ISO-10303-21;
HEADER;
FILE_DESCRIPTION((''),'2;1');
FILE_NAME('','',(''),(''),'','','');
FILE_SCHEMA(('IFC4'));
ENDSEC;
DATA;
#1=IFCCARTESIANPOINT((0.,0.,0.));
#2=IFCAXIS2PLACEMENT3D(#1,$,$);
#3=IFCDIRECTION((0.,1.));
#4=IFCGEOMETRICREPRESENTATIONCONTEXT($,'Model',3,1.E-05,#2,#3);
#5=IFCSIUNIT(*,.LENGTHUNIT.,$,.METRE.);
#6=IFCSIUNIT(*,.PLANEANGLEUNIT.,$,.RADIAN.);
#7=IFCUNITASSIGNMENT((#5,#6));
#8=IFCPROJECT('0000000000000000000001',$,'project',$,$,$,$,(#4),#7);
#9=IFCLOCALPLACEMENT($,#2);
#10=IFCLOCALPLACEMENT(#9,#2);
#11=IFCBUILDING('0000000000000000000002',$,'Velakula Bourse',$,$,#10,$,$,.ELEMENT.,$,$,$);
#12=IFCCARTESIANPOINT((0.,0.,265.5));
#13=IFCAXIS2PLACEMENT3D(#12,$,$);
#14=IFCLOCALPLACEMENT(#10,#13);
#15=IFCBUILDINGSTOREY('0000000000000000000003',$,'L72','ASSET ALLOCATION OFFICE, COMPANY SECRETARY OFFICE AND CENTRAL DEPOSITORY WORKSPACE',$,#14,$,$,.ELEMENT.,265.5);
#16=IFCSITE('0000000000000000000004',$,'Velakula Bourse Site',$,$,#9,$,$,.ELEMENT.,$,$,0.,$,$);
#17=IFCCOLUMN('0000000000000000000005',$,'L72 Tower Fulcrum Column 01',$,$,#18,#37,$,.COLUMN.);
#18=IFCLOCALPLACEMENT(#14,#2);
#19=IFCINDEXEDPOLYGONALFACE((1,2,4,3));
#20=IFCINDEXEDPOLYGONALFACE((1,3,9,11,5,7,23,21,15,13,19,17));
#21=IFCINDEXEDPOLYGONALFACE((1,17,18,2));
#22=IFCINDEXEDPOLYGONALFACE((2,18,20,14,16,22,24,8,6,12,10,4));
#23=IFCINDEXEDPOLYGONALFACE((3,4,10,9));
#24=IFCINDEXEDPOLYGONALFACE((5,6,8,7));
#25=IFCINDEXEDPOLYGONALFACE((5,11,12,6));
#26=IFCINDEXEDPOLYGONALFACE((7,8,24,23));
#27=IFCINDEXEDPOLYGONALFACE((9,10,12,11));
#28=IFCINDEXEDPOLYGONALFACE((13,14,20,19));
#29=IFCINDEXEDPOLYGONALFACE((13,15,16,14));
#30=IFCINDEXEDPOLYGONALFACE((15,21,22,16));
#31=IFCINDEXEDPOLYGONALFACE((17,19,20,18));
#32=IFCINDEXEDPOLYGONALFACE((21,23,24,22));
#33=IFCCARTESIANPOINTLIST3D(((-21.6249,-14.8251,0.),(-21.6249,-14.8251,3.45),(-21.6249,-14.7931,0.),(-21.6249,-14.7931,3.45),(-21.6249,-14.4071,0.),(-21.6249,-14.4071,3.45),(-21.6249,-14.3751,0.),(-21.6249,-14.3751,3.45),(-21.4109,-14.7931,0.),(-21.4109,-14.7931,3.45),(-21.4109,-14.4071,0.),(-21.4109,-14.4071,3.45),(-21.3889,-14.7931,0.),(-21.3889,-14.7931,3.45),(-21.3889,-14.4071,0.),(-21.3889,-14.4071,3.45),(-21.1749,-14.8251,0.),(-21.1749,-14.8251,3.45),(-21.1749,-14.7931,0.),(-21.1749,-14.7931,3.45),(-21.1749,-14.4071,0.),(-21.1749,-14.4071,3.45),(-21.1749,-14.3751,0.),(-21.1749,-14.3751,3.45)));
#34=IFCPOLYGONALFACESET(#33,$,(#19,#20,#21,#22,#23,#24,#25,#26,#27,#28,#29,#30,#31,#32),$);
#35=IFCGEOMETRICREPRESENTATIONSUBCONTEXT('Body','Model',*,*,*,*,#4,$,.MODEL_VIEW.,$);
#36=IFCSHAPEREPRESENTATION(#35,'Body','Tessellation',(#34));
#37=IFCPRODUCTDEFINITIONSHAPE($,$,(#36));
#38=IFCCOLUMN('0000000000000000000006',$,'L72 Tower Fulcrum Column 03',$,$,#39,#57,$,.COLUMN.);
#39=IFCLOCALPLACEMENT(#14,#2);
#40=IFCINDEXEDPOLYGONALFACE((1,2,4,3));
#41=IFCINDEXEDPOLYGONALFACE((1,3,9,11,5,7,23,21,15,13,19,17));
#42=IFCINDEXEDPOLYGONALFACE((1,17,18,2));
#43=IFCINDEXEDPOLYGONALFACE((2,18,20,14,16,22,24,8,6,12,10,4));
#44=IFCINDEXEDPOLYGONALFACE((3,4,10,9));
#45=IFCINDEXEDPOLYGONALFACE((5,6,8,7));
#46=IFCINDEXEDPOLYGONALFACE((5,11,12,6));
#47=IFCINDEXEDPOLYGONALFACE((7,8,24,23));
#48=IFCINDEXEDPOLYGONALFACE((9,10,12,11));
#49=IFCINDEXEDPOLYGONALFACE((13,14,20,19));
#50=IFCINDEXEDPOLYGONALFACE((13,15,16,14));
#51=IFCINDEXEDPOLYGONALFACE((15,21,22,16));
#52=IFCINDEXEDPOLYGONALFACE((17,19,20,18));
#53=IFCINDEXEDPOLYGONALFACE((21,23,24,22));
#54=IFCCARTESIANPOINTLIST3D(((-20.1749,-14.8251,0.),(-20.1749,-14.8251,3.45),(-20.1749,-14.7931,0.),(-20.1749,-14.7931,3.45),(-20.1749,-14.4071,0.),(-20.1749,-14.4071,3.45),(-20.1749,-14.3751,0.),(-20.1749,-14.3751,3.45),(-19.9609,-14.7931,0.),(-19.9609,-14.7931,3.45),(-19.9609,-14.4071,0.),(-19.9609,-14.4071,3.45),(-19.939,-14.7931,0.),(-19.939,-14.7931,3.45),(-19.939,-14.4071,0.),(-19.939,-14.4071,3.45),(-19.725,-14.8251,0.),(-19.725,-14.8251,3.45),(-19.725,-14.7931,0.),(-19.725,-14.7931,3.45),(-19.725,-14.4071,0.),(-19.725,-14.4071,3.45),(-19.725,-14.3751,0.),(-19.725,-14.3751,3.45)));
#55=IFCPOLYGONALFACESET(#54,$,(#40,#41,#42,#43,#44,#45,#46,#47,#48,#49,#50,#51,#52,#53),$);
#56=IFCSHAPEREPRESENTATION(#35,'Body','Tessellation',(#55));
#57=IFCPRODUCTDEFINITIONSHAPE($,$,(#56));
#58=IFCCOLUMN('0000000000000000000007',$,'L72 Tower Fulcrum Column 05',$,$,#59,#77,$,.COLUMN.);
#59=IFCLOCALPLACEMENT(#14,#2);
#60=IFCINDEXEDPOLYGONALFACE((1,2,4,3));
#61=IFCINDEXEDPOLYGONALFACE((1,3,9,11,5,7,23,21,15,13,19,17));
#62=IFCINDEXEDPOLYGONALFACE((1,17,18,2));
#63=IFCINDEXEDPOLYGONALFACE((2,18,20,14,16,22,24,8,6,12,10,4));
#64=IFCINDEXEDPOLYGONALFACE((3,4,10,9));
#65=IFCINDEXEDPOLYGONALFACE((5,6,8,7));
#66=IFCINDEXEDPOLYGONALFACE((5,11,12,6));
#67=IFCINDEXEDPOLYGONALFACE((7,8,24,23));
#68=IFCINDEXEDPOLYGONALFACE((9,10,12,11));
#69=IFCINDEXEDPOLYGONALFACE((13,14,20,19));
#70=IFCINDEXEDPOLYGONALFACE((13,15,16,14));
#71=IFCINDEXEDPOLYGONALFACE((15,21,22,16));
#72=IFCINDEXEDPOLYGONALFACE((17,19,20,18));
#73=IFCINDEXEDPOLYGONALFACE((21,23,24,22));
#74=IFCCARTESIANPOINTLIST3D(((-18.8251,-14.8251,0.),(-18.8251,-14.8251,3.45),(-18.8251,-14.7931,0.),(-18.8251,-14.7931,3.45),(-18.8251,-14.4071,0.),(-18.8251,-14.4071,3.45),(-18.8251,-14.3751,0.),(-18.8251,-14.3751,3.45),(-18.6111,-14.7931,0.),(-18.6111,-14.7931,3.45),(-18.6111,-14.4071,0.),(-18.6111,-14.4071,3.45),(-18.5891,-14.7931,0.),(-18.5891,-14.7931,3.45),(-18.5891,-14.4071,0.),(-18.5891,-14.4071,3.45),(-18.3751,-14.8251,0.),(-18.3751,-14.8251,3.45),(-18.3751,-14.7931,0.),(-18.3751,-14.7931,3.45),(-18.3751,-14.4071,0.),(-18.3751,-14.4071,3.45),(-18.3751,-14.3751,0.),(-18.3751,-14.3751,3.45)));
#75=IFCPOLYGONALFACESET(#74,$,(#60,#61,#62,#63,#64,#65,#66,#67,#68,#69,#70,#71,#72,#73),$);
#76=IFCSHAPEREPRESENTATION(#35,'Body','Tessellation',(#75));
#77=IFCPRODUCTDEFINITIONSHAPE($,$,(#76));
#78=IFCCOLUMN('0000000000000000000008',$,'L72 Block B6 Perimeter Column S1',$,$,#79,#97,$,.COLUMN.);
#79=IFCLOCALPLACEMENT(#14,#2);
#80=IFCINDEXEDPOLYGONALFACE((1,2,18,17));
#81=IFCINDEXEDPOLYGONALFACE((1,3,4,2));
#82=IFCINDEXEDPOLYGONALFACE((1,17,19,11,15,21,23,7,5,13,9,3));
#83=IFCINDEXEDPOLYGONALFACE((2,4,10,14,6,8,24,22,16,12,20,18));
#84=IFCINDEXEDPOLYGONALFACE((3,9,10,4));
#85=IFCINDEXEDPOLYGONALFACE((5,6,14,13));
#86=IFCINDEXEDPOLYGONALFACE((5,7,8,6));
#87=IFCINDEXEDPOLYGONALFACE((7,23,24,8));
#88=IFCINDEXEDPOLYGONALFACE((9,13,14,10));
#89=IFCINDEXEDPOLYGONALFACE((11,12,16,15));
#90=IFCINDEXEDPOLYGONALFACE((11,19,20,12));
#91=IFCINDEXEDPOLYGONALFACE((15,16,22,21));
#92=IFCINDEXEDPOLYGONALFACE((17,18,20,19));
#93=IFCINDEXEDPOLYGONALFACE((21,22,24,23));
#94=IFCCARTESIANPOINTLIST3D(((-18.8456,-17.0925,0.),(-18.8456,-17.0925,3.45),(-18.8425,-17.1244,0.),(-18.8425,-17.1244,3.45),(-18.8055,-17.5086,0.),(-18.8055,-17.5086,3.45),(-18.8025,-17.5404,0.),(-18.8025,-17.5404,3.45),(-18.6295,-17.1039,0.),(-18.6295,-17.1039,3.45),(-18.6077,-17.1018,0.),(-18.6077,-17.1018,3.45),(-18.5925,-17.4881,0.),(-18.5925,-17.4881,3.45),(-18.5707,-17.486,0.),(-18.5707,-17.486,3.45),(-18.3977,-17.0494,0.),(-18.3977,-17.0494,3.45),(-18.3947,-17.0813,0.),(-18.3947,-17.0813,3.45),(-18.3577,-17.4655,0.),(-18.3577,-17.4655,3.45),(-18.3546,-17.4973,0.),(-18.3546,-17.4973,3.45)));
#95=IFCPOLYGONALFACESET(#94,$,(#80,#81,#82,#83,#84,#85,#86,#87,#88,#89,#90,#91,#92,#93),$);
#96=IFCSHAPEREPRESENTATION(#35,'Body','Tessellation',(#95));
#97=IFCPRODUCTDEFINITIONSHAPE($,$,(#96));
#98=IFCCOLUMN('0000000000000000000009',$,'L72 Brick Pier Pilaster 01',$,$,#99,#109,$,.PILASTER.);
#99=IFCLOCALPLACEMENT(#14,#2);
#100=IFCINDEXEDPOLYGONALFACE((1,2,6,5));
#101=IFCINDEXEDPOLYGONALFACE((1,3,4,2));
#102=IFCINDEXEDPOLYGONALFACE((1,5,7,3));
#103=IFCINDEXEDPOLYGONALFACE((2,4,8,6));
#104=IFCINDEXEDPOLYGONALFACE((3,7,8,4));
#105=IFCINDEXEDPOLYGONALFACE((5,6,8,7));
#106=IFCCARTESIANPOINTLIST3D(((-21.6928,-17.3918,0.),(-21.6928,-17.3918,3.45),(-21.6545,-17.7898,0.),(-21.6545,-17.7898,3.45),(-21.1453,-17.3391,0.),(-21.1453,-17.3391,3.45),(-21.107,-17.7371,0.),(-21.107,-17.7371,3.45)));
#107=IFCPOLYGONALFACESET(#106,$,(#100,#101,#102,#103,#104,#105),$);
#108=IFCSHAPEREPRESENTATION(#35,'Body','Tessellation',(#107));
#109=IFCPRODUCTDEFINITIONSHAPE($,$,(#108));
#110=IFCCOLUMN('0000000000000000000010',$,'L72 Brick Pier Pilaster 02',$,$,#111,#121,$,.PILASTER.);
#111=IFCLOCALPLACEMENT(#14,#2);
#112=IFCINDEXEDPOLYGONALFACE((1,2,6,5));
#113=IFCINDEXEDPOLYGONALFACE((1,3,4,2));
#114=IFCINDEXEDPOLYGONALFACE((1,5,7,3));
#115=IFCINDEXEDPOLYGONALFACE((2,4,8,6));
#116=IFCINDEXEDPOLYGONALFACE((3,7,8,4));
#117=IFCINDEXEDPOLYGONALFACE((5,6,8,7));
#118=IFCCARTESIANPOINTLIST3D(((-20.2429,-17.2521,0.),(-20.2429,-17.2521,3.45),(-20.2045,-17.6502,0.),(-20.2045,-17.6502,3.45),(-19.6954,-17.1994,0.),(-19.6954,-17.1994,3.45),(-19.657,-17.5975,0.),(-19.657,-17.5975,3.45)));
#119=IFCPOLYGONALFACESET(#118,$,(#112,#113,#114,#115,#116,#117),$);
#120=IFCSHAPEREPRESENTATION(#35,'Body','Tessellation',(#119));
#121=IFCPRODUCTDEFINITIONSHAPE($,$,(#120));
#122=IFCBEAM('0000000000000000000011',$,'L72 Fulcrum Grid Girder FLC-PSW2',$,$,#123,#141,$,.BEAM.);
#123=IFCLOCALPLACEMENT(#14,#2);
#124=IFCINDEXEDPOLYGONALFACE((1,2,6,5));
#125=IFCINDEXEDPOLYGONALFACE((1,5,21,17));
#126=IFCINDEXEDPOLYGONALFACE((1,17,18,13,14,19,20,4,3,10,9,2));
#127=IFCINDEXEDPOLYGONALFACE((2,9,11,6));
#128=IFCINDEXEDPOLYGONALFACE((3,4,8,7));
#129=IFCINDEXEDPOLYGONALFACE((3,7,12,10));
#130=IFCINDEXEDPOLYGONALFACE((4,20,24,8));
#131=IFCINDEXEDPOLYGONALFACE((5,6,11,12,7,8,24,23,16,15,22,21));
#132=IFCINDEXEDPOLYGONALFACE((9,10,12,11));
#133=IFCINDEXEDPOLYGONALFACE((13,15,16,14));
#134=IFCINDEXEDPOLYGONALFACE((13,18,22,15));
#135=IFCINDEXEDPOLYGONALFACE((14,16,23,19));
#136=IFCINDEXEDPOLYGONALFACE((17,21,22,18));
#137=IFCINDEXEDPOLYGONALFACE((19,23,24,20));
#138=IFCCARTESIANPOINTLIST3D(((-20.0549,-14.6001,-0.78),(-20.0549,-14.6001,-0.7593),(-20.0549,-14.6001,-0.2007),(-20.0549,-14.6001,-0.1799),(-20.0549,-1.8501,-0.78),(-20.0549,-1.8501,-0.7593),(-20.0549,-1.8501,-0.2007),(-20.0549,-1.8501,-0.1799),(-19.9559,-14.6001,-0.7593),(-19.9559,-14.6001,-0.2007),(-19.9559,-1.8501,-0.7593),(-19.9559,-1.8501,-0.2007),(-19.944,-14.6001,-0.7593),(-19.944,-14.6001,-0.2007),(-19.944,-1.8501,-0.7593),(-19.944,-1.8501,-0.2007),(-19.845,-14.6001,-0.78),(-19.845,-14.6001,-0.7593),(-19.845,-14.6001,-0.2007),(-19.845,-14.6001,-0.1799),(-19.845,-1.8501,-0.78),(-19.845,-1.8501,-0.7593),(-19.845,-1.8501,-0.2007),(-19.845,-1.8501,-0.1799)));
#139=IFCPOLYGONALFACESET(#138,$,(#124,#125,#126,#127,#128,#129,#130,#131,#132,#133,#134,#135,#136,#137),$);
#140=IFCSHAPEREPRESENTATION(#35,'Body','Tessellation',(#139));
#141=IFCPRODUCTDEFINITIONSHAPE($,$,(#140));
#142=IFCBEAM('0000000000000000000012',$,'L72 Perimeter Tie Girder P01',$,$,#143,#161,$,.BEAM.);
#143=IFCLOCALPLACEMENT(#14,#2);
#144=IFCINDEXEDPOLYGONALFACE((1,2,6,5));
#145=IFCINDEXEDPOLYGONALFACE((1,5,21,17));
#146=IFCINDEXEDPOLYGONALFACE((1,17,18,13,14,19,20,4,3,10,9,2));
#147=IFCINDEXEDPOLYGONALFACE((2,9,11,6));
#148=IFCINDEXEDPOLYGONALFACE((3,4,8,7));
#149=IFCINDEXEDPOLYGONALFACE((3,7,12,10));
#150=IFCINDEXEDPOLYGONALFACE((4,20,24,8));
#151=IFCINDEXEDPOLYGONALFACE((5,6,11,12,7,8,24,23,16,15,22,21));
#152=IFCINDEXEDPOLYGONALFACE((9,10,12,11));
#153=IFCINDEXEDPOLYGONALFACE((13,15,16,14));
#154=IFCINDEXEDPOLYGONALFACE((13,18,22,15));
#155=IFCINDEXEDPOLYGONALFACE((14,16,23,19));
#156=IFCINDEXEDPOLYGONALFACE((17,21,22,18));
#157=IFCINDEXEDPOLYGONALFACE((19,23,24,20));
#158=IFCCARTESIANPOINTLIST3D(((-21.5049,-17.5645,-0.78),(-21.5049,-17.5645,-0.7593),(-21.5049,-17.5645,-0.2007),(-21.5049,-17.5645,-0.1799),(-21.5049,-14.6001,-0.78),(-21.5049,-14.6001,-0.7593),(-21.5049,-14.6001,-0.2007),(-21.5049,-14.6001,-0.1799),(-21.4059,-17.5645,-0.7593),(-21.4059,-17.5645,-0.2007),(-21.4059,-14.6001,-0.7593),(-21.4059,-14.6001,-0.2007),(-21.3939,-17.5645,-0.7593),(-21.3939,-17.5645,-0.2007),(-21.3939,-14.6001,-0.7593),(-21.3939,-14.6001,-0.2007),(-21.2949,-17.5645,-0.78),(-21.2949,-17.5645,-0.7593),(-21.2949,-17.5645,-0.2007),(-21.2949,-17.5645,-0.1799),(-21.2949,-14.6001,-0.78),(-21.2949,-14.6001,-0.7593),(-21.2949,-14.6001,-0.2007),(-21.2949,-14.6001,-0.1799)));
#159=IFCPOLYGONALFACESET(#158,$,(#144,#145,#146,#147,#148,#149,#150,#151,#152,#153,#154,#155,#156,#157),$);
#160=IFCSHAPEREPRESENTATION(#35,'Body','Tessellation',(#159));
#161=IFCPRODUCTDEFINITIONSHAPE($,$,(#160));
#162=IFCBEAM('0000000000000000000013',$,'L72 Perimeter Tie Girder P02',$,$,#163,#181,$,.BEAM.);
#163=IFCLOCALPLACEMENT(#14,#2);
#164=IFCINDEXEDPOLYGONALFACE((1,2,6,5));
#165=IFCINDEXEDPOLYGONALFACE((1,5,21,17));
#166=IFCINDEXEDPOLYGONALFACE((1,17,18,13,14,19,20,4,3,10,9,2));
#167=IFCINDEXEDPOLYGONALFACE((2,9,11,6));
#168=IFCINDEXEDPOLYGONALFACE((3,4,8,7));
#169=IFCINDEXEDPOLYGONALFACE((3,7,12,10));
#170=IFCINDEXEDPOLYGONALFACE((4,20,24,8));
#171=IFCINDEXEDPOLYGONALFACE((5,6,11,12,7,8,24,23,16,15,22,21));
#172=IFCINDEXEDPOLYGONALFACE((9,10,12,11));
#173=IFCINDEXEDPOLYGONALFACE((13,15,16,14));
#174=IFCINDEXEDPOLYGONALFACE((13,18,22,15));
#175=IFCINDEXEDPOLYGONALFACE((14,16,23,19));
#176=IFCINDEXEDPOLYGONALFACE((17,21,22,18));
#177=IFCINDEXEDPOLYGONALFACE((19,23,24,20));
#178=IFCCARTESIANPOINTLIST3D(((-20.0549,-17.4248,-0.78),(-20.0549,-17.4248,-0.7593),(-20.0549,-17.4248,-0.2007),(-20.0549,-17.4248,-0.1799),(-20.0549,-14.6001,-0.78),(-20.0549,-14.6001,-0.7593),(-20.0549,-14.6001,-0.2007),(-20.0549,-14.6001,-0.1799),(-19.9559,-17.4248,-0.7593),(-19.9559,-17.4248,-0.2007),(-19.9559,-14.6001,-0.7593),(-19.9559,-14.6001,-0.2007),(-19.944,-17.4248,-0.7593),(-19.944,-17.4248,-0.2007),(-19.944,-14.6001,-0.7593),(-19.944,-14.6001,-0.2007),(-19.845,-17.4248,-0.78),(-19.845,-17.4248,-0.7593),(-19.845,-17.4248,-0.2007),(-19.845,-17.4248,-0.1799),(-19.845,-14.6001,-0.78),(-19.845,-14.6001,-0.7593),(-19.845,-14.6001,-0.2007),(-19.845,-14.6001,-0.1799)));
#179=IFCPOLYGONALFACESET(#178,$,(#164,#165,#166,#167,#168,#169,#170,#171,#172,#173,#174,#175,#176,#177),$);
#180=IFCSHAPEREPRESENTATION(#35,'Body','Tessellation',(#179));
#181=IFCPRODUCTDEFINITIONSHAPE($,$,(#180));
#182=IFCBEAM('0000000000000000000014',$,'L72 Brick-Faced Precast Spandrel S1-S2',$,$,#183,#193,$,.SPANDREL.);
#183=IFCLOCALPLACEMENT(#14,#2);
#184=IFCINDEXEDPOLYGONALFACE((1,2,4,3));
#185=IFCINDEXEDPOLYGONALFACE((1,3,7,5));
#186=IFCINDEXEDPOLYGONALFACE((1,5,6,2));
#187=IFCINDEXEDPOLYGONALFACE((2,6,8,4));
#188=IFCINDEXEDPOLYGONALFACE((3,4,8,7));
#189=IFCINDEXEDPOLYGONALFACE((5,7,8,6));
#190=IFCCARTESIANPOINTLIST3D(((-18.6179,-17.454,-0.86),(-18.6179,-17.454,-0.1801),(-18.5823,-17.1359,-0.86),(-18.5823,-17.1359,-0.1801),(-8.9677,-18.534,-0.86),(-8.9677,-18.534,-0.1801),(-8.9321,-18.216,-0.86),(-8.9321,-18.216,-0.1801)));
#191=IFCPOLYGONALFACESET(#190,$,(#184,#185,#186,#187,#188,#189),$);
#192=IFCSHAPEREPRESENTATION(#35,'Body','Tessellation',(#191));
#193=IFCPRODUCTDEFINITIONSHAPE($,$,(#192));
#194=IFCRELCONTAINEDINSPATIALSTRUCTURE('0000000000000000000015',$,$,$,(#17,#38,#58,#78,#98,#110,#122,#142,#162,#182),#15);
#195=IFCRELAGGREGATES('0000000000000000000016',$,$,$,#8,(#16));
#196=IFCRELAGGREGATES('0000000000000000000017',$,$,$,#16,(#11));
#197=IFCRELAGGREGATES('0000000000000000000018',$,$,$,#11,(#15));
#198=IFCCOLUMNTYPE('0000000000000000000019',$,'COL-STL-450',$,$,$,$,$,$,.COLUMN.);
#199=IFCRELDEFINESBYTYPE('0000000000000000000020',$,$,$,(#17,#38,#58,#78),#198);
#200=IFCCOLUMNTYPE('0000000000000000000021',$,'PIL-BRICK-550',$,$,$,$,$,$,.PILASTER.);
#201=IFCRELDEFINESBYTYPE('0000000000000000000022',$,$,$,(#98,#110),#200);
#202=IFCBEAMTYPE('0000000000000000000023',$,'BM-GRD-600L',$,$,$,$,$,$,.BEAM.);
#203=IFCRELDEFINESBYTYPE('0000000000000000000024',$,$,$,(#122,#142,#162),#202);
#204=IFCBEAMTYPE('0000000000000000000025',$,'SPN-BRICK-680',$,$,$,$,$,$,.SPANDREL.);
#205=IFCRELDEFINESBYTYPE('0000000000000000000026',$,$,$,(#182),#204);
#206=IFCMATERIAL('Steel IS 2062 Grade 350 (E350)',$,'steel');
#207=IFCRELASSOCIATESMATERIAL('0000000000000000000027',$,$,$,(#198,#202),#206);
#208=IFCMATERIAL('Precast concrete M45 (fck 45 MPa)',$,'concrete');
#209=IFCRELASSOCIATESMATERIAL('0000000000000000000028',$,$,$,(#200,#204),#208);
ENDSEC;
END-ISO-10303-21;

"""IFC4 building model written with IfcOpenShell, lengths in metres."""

from ifc_helpers import new_model, si_unit, direction, frame, origin, origin_2d, place, context, subcontext, project, spatial, rectangle, i_section, extrude, material, material_profile, profile_set, type_object, element, save


model = new_model("IFC4")

# Units and contexts
model_context = context("Model", 3, precision=1e-05, world=origin(), true_north=direction((0.0, 1.0)))
body_context = subcontext(model_context, "Body", "Model", "MODEL_VIEW")
ifc_project = project(units=[si_unit("LENGTHUNIT", "METRE"), si_unit("PLANEANGLEUNIT", "RADIAN")], contexts=[model_context])

# Site, building, storey
site_placement = place(None, origin())
site = spatial("IfcSite", under=ifc_project, at=site_placement, Name="Velakula Bourse Site", CompositionType="ELEMENT", RefElevation=0.0)
building_placement = place(site_placement, origin())
building = spatial("IfcBuilding", under=site, at=building_placement, Name="Velakula Bourse", CompositionType="ELEMENT")
storey_placement = place(building_placement, frame((0.0, 0.0, 265.5)))
storey = spatial("IfcBuildingStorey", under=building, at=storey_placement, Name="L72", Description="ASSET ALLOCATION OFFICE, COMPANY SECRETARY OFFICE AND CENTRAL DEPOSITORY WORKSPACE", CompositionType="ELEMENT", Elevation=265.5)

# Columns
ifc_material_1 = material(Name="Steel IS 2062 Grade 350 (E350)", Category="steel")
ifc_material_profile_1 = material_profile(ifc_material_1, i_section(OverallWidth=0.45, OverallDepth=0.45, WebThickness=0.022, FlangeThickness=0.032, at=origin_2d()), Name="Steel IS 2062 Grade 350 (E350)")
ifc_profile_set_1 = profile_set([ifc_material_profile_1], Name="Steel IS 2062 Grade 350 (E350)")
column_type_1 = type_object("IfcColumnType", Name="COL-STL-450", PredefinedType="COLUMN", material=ifc_profile_set_1)
for number, where, z_axis, x_axis, name in (
    (1, (-21.3999, -14.6001, 0.0), (0.0, 0.0, 1.0), (1.0, 0.0, 0.0), "L72 Tower Fulcrum Column 01"),
    (2, (-19.95, -14.6001, 0.0), (0.0, 0.0, 1.0), (1.0, 0.0, 0.0), "L72 Tower Fulcrum Column 03"),
    (3, (-18.6001, -14.6001, 0.0), (0.0, 0.0, 1.0), (1.0, 0.0, 0.0), "L72 Tower Fulcrum Column 05"),
    (4, (-18.6001, -17.2949, 0.0), (0.0, 0.0, 1.0), (0.995396, 0.095846, 0.0), "L72 Block B6 Perimeter Column S1"),
):
    element("IfcColumn", number, at=place(storey_placement, frame(where, z_axis=z_axis, x_axis=x_axis)), inside=storey, type_object=column_type_1, Name=name, PredefinedType="COLUMN", context=body_context, shape_type="SweptSolid", body=[
        extrude(i_section(OverallWidth=0.45, OverallDepth=0.45, WebThickness=0.022, FlangeThickness=0.032, at=origin_2d()), origin(), (0.0, 0.0, 1.0), 3.45),
    ])
ifc_material_2 = material(Name="Precast concrete M45 (fck 45 MPa)", Category="concrete")
ifc_material_profile_2 = material_profile(ifc_material_2, rectangle(XDim=0.55, YDim=0.3999, at=origin_2d()), Name="Precast concrete M45 (fck 45 MPa)")
ifc_profile_set_2 = profile_set([ifc_material_profile_2], Name="Precast concrete M45 (fck 45 MPa)")
column_type_2 = type_object("IfcColumnType", Name="PIL-BRICK-550", PredefinedType="PILASTER", material=ifc_profile_set_2)
for number, where, z_axis, x_axis, name in (
    (5, (-21.3999, -17.5645, 0.0), (0.0, 0.0, 1.0), (0.995396, 0.095846, 0.0), "L72 Brick Pier Pilaster 01"),
    (6, (-19.95, -17.4248, 0.0), (0.0, 0.0, 1.0), (0.995396, 0.095846, 0.0), "L72 Brick Pier Pilaster 02"),
):
    element("IfcColumn", number, at=place(storey_placement, frame(where, z_axis=z_axis, x_axis=x_axis)), inside=storey, type_object=column_type_2, Name=name, PredefinedType="PILASTER", context=body_context, shape_type="SweptSolid", body=[
        extrude(rectangle(XDim=0.55, YDim=0.3999, at=origin_2d()), origin(), (0.0, 0.0, 1.0), 3.45),
    ])

# Beams
ifc_material_profile_3 = material_profile(ifc_material_1, i_section(OverallWidth=0.21, OverallDepth=0.6001, WebThickness=0.012, FlangeThickness=0.0208, at=origin_2d()), Name="Steel IS 2062 Grade 350 (E350)")
ifc_profile_set_3 = profile_set([ifc_material_profile_3], Name="Steel IS 2062 Grade 350 (E350)")
beam_type_1 = type_object("IfcBeamType", Name="BM-GRD-600L", PredefinedType="BEAM", material=ifc_profile_set_3)
beam_1_placement = place(storey_placement, frame((-19.95, -14.6001, -0.48), z_axis=(0.0, 1.0, 0.0), x_axis=(-1.0, 0.0, 0.0)))
element("IfcBeam", 7, at=beam_1_placement, inside=storey, type_object=beam_type_1, Name="L72 Fulcrum Grid Girder FLC-PSW2", PredefinedType="BEAM", context=body_context, shape_type="SweptSolid", body=[
    extrude(i_section(OverallWidth=0.21, OverallDepth=0.6001, WebThickness=0.012, FlangeThickness=0.0208, at=origin_2d()), origin(), (0.0, 0.0, 1.0), 12.75),
])
beam_2_placement = place(storey_placement, frame((-21.3999, -14.6001, -0.48), z_axis=(0.0, -1.0, 0.0), x_axis=(1.0, 0.0, 0.0)))
element("IfcBeam", 8, at=beam_2_placement, inside=storey, type_object=beam_type_1, Name="L72 Perimeter Tie Girder P01", PredefinedType="BEAM", context=body_context, shape_type="SweptSolid", body=[
    extrude(i_section(OverallWidth=0.21, OverallDepth=0.6001, WebThickness=0.012, FlangeThickness=0.0208, at=origin_2d()), origin(), (0.0, 0.0, 1.0), 2.9644),
])
beam_3_placement = place(storey_placement, frame((-19.95, -14.6001, -0.48), z_axis=(0.0, -1.0, 0.0), x_axis=(1.0, 0.0, 0.0)))
element("IfcBeam", 9, at=beam_3_placement, inside=storey, type_object=beam_type_1, Name="L72 Perimeter Tie Girder P02", PredefinedType="BEAM", context=body_context, shape_type="SweptSolid", body=[
    extrude(i_section(OverallWidth=0.21, OverallDepth=0.6001, WebThickness=0.012, FlangeThickness=0.0208, at=origin_2d()), origin(), (0.0, 0.0, 1.0), 2.8247),
])
ifc_material_profile_4 = material_profile(ifc_material_2, rectangle(XDim=0.3201, YDim=0.6799, at=origin_2d()), Name="Precast concrete M45 (fck 45 MPa)")
ifc_profile_set_4 = profile_set([ifc_material_profile_4], Name="Precast concrete M45 (fck 45 MPa)")
beam_type_2 = type_object("IfcBeamType", Name="SPN-BRICK-680", PredefinedType="SPANDREL", material=ifc_profile_set_4)
beam_4_placement = place(storey_placement, frame((-18.6001, -17.2949, -0.52), z_axis=(0.993795, -0.111229, 0.0), x_axis=(0.111229, 0.993795, 0.0)))
element("IfcBeam", 10, at=beam_4_placement, inside=storey, type_object=beam_type_2, Name="L72 Brick-Faced Precast Spandrel S1-S2", PredefinedType="SPANDREL", context=body_context, shape_type="SweptSolid", body=[
    extrude(rectangle(XDim=0.3201, YDim=0.6799, at=origin_2d()), origin(), (0.0, 0.0, 1.0), 9.7104),
])

save(model, "model.ifc")
